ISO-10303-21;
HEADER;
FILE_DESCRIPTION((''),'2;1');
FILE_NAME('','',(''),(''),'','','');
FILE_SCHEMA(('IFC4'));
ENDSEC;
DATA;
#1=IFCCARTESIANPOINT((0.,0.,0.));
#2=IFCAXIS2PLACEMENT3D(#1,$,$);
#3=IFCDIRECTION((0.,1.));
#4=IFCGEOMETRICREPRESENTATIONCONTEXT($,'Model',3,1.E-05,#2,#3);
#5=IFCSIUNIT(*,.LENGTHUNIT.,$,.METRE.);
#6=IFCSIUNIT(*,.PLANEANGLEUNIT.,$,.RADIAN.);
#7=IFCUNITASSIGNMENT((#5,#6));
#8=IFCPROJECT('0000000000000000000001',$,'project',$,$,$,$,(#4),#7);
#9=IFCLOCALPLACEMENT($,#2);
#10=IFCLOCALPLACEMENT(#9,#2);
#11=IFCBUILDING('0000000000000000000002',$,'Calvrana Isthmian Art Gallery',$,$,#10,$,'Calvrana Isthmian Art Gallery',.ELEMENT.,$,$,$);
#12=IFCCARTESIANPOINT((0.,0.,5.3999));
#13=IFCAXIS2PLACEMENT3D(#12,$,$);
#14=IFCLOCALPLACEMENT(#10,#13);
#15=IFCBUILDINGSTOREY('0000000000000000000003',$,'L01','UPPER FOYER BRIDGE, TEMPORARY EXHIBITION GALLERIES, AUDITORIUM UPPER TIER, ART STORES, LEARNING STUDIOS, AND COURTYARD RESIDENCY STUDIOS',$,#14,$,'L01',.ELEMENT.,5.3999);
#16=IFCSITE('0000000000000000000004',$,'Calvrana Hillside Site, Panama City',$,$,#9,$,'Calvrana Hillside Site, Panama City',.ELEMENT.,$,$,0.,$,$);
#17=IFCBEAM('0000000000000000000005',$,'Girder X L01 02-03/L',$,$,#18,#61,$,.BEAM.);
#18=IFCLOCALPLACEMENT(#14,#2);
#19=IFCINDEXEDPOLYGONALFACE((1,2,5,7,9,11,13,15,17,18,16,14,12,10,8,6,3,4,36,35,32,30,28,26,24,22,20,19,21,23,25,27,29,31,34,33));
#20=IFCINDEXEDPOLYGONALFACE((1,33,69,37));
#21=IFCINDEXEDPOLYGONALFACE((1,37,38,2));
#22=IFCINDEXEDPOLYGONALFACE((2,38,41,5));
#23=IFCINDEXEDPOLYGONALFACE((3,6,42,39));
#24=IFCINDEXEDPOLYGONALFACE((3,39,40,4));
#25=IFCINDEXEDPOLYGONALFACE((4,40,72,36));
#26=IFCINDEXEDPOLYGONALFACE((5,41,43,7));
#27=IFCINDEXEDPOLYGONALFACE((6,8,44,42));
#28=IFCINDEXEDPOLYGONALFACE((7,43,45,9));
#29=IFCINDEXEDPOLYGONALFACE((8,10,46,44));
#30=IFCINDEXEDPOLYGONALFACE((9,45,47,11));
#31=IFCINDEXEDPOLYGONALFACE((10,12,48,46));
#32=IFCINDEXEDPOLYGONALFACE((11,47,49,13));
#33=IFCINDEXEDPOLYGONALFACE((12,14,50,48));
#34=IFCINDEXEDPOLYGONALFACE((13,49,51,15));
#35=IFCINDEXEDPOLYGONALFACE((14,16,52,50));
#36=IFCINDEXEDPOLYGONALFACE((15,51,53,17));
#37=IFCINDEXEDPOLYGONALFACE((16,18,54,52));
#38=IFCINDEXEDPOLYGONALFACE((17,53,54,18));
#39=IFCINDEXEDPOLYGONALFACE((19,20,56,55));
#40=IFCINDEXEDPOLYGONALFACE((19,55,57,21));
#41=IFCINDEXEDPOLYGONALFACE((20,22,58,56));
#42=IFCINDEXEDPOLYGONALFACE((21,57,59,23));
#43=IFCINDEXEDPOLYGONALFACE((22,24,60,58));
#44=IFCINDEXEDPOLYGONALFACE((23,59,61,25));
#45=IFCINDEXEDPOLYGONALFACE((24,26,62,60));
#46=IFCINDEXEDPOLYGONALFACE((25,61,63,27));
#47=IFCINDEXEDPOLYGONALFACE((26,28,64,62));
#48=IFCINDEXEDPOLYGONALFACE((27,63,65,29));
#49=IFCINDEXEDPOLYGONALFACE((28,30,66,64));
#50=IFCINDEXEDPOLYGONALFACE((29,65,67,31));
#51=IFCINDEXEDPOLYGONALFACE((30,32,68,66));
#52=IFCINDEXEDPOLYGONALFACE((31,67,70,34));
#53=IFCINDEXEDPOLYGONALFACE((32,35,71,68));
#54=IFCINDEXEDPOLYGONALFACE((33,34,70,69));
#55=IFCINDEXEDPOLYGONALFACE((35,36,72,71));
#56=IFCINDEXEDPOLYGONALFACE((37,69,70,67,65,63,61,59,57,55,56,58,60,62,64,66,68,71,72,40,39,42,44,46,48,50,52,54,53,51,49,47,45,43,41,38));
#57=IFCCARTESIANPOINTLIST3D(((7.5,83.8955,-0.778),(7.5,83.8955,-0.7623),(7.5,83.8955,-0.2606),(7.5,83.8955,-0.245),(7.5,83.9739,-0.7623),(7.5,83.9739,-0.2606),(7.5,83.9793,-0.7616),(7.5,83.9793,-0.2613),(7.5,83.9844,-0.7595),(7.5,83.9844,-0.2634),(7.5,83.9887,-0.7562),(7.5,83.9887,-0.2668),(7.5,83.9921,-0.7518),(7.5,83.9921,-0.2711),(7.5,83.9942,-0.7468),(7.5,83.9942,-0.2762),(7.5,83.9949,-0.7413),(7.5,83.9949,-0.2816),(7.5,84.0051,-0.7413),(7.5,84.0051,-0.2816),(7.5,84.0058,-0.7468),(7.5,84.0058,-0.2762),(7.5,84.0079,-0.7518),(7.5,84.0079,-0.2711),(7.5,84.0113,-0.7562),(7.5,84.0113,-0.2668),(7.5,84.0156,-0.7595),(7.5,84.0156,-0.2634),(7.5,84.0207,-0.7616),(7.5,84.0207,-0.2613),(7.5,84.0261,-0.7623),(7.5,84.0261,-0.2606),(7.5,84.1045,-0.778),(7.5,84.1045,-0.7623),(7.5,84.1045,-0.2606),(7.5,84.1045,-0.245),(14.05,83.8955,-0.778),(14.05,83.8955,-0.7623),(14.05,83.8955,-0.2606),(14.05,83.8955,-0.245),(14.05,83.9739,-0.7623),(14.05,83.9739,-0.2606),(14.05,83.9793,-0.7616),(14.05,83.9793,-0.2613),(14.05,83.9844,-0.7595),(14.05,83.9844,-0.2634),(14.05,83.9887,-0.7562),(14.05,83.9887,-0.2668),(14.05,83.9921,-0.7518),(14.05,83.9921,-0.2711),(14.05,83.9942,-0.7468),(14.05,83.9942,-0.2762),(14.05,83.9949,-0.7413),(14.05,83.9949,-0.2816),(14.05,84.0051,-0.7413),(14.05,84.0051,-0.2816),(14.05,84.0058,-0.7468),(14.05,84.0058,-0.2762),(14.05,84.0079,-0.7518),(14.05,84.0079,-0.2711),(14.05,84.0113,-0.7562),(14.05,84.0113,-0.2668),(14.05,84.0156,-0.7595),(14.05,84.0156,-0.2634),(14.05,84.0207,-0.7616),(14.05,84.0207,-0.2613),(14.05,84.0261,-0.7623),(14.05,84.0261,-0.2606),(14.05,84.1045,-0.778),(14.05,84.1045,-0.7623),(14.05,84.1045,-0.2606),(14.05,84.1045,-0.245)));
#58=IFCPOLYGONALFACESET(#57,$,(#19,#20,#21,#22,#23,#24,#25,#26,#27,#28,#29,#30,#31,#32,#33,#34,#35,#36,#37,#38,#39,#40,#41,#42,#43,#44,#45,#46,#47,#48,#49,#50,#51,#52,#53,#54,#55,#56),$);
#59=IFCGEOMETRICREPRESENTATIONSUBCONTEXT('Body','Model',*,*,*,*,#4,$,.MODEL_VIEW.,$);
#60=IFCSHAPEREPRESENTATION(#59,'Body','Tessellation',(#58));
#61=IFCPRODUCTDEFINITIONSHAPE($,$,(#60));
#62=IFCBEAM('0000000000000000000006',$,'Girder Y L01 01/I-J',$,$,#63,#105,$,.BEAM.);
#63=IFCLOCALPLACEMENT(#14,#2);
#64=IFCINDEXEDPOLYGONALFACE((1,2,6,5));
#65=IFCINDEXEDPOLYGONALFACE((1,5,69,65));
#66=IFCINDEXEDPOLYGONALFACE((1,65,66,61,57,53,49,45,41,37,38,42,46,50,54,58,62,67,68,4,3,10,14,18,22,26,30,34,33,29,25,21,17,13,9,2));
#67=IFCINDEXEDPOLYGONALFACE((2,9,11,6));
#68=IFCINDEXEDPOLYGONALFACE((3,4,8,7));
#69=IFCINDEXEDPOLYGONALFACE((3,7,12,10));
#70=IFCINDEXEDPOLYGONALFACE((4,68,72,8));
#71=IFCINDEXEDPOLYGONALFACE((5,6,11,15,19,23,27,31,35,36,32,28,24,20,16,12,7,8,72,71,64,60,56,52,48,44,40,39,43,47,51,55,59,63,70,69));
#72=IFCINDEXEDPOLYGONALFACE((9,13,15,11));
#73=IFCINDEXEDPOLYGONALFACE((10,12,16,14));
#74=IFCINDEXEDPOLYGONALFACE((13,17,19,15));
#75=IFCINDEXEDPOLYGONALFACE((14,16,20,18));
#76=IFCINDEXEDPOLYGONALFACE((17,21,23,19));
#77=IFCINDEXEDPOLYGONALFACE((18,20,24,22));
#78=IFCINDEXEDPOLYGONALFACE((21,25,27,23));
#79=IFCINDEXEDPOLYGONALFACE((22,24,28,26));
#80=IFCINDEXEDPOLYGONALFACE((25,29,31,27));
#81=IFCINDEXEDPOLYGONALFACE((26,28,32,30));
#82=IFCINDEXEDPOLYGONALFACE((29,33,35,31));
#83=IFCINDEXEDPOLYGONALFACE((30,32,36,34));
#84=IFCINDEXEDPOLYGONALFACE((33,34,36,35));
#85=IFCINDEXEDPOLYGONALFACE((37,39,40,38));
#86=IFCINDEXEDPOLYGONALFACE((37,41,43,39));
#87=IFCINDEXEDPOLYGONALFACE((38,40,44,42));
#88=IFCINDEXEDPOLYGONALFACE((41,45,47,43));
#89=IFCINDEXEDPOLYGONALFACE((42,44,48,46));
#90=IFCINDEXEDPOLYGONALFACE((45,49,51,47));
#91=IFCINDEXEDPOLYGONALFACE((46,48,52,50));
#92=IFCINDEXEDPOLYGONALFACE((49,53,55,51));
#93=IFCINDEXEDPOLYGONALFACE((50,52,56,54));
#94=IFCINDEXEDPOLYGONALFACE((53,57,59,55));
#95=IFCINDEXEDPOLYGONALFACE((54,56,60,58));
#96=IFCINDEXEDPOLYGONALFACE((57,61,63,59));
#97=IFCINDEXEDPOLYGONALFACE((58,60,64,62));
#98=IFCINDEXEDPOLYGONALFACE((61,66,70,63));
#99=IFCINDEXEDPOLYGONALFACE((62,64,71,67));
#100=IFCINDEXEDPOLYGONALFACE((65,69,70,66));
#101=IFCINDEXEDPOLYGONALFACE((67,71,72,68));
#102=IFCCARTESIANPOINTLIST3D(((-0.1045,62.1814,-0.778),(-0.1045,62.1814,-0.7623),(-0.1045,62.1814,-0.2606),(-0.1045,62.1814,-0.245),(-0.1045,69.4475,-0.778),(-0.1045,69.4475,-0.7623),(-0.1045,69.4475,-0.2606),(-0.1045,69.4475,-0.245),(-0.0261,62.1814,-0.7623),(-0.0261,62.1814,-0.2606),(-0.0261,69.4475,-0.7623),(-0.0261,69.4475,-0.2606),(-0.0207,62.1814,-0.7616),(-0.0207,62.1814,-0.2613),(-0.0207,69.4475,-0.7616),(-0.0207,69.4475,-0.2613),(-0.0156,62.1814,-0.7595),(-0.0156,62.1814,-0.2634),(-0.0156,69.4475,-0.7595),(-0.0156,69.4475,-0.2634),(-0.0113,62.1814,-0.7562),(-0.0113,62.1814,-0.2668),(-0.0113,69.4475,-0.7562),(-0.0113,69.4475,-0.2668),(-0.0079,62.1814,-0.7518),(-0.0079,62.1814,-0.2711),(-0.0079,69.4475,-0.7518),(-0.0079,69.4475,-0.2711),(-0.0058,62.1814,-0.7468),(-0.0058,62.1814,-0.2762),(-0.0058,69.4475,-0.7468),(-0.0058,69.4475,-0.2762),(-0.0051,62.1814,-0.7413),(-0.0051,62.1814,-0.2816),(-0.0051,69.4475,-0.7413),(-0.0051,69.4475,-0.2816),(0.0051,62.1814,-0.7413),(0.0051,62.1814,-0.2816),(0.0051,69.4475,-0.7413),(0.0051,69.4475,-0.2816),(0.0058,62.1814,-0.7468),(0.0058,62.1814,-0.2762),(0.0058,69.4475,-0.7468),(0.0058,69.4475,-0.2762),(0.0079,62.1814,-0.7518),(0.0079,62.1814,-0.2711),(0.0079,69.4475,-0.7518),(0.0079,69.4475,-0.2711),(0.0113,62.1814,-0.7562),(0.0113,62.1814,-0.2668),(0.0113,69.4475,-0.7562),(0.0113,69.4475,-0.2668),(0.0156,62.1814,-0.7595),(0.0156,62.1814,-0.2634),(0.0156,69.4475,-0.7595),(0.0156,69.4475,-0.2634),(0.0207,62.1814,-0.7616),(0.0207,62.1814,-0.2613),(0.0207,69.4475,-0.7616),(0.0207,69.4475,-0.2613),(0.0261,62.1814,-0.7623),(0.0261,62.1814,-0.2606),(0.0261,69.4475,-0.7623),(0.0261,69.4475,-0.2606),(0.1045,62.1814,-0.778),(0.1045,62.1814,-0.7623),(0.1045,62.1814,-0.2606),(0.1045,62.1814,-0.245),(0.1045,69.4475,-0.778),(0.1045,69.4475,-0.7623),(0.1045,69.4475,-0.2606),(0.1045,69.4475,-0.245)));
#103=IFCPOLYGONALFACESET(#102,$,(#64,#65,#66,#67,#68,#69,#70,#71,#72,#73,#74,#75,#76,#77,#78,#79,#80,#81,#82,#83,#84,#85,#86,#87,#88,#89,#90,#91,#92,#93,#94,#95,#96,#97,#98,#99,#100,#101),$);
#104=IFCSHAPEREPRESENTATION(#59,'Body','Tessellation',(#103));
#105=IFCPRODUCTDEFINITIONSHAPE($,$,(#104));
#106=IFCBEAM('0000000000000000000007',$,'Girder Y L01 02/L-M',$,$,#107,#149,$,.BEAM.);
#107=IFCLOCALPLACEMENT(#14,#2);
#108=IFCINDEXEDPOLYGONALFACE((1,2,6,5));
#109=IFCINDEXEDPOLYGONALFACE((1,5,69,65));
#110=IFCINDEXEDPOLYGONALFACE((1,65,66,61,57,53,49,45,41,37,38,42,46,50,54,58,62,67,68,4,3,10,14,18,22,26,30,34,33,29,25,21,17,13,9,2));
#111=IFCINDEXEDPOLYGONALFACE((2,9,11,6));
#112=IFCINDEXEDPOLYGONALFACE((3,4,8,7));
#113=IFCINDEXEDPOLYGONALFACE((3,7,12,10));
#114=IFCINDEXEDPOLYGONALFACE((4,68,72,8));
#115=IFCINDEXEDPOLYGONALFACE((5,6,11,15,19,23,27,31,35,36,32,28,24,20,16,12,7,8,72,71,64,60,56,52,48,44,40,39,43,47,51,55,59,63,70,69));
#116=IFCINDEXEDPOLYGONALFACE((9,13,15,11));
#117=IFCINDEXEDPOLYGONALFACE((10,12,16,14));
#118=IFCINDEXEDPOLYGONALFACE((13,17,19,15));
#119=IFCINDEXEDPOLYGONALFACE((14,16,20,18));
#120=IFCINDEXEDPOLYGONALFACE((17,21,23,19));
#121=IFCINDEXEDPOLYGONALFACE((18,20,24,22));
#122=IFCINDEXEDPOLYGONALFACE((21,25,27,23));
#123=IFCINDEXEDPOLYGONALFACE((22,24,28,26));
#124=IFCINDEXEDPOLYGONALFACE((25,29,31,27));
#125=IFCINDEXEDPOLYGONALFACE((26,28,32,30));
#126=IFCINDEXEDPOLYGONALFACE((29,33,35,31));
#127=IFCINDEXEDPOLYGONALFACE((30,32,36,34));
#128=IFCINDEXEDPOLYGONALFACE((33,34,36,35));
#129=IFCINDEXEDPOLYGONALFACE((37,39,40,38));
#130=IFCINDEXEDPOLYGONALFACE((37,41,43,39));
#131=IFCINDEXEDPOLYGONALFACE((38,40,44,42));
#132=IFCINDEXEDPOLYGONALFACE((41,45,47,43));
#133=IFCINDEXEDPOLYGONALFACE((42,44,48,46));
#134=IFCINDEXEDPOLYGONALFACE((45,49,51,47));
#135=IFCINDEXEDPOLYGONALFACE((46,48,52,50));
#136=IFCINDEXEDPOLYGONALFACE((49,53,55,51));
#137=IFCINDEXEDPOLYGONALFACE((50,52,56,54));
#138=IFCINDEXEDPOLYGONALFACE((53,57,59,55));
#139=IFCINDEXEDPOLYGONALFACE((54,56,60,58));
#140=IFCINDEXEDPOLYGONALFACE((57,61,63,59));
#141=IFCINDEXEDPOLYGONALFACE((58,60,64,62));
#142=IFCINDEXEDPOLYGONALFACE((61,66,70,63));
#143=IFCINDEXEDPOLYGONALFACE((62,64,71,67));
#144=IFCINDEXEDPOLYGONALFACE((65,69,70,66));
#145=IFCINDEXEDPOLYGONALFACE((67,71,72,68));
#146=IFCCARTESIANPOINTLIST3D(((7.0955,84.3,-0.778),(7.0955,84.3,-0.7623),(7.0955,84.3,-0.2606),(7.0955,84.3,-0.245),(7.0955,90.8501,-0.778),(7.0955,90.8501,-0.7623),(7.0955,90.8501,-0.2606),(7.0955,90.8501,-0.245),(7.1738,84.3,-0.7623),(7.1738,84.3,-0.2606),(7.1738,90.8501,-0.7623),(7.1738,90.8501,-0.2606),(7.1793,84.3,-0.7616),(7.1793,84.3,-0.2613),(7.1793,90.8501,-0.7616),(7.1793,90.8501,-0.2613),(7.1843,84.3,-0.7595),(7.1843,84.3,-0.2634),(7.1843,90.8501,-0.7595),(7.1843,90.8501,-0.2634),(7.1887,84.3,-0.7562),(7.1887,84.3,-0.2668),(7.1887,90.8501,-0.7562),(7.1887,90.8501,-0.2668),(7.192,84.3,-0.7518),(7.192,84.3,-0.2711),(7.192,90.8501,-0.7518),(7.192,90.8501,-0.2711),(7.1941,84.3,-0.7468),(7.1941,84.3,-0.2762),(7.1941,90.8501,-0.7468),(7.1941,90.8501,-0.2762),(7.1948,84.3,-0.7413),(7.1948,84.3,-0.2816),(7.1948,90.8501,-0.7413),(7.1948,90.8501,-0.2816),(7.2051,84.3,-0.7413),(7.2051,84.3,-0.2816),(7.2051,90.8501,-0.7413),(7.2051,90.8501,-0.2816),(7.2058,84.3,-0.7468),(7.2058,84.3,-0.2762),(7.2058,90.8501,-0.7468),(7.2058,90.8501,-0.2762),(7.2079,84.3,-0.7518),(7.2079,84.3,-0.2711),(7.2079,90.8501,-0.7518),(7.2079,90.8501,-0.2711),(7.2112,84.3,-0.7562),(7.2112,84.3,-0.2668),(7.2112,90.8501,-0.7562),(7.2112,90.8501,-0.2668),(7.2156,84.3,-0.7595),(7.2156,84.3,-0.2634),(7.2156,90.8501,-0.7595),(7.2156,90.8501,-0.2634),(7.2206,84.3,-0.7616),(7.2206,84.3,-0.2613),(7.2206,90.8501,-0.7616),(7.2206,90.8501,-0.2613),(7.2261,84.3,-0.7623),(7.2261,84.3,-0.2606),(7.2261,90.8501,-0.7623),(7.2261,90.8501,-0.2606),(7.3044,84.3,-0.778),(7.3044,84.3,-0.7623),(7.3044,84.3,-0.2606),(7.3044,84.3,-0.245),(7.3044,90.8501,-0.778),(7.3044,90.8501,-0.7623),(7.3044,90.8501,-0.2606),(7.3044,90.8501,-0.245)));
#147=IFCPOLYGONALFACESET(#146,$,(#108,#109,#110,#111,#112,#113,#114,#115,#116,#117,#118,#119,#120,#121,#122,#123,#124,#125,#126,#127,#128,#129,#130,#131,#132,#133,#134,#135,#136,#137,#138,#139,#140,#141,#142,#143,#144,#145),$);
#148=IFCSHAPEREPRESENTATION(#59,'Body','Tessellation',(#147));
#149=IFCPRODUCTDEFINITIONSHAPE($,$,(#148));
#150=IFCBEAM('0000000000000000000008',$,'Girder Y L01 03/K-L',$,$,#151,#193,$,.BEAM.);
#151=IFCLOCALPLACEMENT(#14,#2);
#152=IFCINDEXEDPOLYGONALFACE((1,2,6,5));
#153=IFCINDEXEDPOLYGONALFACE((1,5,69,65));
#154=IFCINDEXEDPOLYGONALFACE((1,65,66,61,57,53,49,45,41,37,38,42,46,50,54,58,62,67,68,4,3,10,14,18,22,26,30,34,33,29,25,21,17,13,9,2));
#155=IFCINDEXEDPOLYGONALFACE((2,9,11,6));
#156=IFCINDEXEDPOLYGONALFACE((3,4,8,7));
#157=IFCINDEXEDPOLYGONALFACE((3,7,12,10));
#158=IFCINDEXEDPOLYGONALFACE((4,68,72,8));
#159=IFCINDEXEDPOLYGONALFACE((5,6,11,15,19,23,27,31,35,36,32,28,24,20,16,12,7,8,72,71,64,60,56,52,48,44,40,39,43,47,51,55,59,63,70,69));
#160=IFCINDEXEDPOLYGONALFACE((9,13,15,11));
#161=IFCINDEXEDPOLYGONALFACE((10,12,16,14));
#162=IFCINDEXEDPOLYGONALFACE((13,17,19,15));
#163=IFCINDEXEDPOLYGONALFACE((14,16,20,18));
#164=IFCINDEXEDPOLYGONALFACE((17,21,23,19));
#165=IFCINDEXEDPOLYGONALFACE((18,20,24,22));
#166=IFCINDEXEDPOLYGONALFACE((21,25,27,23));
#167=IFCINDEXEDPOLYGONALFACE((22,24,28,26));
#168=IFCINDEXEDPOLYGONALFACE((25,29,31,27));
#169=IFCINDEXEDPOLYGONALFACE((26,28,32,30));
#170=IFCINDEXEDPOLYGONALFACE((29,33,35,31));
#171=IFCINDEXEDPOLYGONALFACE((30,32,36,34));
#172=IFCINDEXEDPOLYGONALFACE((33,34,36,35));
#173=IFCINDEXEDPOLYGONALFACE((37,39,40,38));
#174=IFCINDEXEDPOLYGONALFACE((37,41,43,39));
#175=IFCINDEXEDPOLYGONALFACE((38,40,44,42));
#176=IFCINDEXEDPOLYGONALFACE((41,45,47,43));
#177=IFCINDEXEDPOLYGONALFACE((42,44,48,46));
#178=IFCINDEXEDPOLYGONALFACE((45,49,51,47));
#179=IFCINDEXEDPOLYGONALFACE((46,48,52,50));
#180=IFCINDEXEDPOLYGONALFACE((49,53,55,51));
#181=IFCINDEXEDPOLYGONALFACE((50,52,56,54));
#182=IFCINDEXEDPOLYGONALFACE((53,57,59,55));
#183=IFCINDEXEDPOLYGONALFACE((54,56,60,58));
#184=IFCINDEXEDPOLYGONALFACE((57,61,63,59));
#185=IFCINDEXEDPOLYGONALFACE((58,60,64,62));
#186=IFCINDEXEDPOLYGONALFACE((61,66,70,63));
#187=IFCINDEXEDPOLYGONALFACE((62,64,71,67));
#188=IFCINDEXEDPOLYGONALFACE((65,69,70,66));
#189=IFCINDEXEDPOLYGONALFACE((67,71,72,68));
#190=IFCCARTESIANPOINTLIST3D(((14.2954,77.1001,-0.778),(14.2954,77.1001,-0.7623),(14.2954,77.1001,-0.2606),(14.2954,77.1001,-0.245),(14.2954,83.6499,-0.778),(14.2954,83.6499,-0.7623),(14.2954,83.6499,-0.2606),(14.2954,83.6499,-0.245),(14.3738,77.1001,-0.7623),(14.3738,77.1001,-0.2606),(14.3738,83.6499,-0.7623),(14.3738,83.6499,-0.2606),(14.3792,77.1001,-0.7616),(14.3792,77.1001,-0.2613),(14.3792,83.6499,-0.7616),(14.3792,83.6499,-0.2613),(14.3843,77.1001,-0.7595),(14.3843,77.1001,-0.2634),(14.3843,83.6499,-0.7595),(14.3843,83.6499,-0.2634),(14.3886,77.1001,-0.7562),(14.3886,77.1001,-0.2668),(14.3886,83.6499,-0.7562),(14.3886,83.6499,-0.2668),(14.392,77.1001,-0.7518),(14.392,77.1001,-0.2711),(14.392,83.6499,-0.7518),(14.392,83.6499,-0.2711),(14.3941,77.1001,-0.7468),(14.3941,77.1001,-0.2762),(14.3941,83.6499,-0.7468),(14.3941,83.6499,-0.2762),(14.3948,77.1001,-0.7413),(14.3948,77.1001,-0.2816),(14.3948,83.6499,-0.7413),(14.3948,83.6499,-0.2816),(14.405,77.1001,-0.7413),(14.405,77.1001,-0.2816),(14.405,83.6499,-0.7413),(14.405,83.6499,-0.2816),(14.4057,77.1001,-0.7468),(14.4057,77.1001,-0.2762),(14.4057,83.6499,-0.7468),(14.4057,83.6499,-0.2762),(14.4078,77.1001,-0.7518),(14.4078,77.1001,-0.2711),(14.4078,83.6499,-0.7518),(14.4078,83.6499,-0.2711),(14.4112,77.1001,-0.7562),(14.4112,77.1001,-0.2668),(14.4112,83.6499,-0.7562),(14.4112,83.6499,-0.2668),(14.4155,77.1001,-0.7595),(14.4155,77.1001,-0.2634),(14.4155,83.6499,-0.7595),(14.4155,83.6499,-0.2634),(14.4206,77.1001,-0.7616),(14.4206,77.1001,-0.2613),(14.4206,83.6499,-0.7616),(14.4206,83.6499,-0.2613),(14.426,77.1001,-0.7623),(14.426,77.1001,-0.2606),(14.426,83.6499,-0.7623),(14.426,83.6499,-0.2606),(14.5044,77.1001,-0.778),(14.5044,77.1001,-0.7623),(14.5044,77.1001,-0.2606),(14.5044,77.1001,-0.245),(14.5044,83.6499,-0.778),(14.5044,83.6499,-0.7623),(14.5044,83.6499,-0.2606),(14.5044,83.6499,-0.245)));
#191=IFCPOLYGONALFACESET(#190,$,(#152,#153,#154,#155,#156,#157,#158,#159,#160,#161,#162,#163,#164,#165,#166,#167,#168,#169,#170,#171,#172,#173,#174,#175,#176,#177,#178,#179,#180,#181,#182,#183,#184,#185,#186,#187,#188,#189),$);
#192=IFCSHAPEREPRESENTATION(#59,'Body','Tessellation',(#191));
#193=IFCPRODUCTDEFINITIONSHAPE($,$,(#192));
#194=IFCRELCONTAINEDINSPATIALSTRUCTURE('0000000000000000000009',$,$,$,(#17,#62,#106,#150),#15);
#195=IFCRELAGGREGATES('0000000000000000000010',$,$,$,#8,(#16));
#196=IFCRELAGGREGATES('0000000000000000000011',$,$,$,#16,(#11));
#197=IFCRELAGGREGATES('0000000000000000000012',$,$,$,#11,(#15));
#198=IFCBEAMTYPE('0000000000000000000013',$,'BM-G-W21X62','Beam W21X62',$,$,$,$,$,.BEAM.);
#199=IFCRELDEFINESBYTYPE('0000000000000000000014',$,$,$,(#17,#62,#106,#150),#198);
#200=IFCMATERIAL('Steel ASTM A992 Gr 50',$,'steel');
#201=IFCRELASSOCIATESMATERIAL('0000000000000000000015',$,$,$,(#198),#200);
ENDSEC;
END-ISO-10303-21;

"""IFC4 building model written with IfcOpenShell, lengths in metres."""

from ifc_helpers import new_model, si_unit, direction, frame, origin, origin_2d, place, context, subcontext, project, spatial, i_section, extrude, material, material_profile, profile_set, type_object, element, save


model = new_model("IFC4")

# Units and contexts
model_context = context("Model", 3, precision=1e-05, world=origin(), true_north=direction((0.0, 1.0)))
body_context = subcontext(model_context, "Body", "Model", "MODEL_VIEW")
ifc_project = project(units=[si_unit("LENGTHUNIT", "METRE"), si_unit("PLANEANGLEUNIT", "RADIAN")], contexts=[model_context])

# Site, building, storey
site_placement = place(None, origin())
site = spatial("IfcSite", under=ifc_project, at=site_placement, Name="Calvrana Hillside Site, Panama City", LongName="Calvrana Hillside Site, Panama City", CompositionType="ELEMENT", RefElevation=0.0)
building_placement = place(site_placement, origin())
building = spatial("IfcBuilding", under=site, at=building_placement, Name="Calvrana Isthmian Art Gallery", LongName="Calvrana Isthmian Art Gallery", CompositionType="ELEMENT")
storey_placement = place(building_placement, frame((0.0, 0.0, 5.3999)))
storey = spatial("IfcBuildingStorey", under=building, at=storey_placement, Name="L01", Description="UPPER FOYER BRIDGE, TEMPORARY EXHIBITION GALLERIES, AUDITORIUM UPPER TIER, ART STORES, LEARNING STUDIOS, AND COURTYARD RESIDENCY STUDIOS", LongName="L01", CompositionType="ELEMENT", Elevation=5.3999)

# Beams
ifc_material_1 = material(Name="Steel ASTM A992 Gr 50", Category="steel")
ifc_material_profile_1 = material_profile(ifc_material_1, i_section(OverallWidth=0.209, OverallDepth=0.533, WebThickness=0.0103, FlangeThickness=0.0156, FilletRadius=0.021, at=origin_2d()), Name="W21X62")
ifc_profile_set_1 = profile_set([ifc_material_profile_1], Name="Steel ASTM A992 Gr 50")
beam_type_1 = type_object("IfcBeamType", Name="BM-G-W21X62", Description="Beam W21X62", PredefinedType="BEAM", material=ifc_profile_set_1)
beam_1_placement = place(storey_placement, frame((7.5, 84.0, -0.5115), z_axis=(1.0, 0.0, 0.0), x_axis=(0.0, 1.0, 0.0)))
element("IfcBeam", 1, at=beam_1_placement, inside=storey, type_object=beam_type_1, Name="Girder X L01 02-03/L", PredefinedType="BEAM", context=body_context, shape_type="SweptSolid", body=[
    extrude(i_section(OverallWidth=0.209, OverallDepth=0.533, WebThickness=0.0103, FlangeThickness=0.0156, FilletRadius=0.021, at=origin_2d()), origin(), (0.0, 0.0, 1.0), 6.55),
])
beam_2_placement = place(storey_placement, frame((0.0, 62.1814, -0.5115), z_axis=(0.0, 1.0, 0.0), x_axis=(-1.0, 0.0, 0.0)))
element("IfcBeam", 2, at=beam_2_placement, inside=storey, type_object=beam_type_1, Name="Girder Y L01 01/I-J", PredefinedType="BEAM", context=body_context, shape_type="SweptSolid", body=[
    extrude(i_section(OverallWidth=0.209, OverallDepth=0.533, WebThickness=0.0103, FlangeThickness=0.0156, FilletRadius=0.021, at=origin_2d()), origin(), (0.0, 0.0, 1.0), 7.2661),
])
beam_3_placement = place(storey_placement, frame((7.2, 84.3, -0.5115), z_axis=(0.0, 1.0, 0.0), x_axis=(-1.0, 0.0, 0.0)))
element("IfcBeam", 3, at=beam_3_placement, inside=storey, type_object=beam_type_1, Name="Girder Y L01 02/L-M", PredefinedType="BEAM", context=body_context, shape_type="SweptSolid", body=[
    extrude(i_section(OverallWidth=0.209, OverallDepth=0.533, WebThickness=0.0103, FlangeThickness=0.0156, FilletRadius=0.021, at=origin_2d()), origin(), (0.0, 0.0, 1.0), 6.55),
])
beam_4_placement = place(storey_placement, frame((14.3999, 77.1001, -0.5115), z_axis=(0.0, 1.0, 0.0), x_axis=(-1.0, 0.0, 0.0)))
element("IfcBeam", 4, at=beam_4_placement, inside=storey, type_object=beam_type_1, Name="Girder Y L01 03/K-L", PredefinedType="BEAM", context=body_context, shape_type="SweptSolid", body=[
    extrude(i_section(OverallWidth=0.209, OverallDepth=0.533, WebThickness=0.0103, FlangeThickness=0.0156, FilletRadius=0.021, at=origin_2d()), origin(), (0.0, 0.0, 1.0), 6.5498),
])

save(model, "model.ifc")
